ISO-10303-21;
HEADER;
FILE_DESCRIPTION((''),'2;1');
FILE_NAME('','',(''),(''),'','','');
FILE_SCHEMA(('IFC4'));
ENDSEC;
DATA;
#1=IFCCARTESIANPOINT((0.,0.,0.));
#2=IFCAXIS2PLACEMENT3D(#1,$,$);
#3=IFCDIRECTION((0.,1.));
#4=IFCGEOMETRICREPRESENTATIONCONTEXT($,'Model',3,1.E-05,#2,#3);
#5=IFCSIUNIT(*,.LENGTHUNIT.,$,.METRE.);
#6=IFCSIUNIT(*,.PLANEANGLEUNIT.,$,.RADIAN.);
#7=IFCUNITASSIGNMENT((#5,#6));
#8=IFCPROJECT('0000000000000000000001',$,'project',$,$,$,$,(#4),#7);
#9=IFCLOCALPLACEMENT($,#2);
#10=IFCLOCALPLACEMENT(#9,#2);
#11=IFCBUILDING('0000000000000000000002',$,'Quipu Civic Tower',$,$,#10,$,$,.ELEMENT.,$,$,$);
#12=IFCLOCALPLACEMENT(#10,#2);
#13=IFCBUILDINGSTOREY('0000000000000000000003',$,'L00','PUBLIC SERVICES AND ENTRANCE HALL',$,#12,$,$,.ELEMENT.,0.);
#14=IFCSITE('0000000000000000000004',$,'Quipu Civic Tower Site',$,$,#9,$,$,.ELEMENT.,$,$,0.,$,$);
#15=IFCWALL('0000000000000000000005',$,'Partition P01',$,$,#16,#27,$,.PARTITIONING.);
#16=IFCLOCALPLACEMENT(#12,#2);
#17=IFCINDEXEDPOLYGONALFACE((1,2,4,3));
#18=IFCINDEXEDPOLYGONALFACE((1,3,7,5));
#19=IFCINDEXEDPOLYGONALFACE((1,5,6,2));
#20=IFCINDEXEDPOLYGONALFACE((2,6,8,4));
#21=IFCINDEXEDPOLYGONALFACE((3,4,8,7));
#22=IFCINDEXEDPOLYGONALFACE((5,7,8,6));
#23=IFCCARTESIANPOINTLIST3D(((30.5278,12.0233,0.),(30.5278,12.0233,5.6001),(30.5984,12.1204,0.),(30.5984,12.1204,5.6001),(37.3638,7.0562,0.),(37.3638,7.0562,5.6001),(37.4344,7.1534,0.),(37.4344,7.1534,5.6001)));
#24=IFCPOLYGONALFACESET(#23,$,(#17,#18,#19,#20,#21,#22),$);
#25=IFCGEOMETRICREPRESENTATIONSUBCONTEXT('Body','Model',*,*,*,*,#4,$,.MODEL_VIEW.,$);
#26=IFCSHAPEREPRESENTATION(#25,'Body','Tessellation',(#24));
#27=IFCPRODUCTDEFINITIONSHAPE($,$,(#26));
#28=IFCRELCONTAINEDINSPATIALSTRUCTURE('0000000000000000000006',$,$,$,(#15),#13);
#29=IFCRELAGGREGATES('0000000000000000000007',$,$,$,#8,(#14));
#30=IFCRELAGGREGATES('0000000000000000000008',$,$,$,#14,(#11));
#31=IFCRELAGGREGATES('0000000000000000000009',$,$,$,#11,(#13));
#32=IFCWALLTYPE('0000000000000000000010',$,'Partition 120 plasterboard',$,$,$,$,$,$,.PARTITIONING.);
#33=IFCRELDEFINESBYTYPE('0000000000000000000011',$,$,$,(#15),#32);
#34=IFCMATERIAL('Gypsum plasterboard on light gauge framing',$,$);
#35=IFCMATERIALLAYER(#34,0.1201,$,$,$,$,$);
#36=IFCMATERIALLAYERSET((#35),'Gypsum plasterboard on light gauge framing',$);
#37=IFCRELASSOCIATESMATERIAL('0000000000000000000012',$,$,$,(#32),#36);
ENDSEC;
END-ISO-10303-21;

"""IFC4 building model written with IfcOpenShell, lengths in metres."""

from ifc_helpers import new_model, si_unit, direction, frame, frame_2d, origin, place, context, subcontext, project, spatial, rectangle, extrude, material, layer, layer_set, type_object, element, save


model = new_model("IFC4")

# Units and contexts
model_context = context("Model", 3, precision=1e-05, world=origin(), true_north=direction((0.0, 1.0)))
body_context = subcontext(model_context, "Body", "Model", "MODEL_VIEW")
ifc_project = project(units=[si_unit("LENGTHUNIT", "METRE"), si_unit("PLANEANGLEUNIT", "RADIAN")], contexts=[model_context])

# Site, building, storey
site_placement = place(None, origin())
site = spatial("IfcSite", under=ifc_project, at=site_placement, Name="Quipu Civic Tower Site", CompositionType="ELEMENT", RefElevation=0.0)
building_placement = place(site_placement, origin())
building = spatial("IfcBuilding", under=site, at=building_placement, Name="Quipu Civic Tower", CompositionType="ELEMENT")
storey_placement = place(building_placement, origin())
storey = spatial("IfcBuildingStorey", under=building, at=storey_placement, Name="L00", Description="PUBLIC SERVICES AND ENTRANCE HALL", CompositionType="ELEMENT", Elevation=0.0)

# Wall
ifc_material_1 = material(Name="Gypsum plasterboard on light gauge framing")
ifc_layer_1 = layer(ifc_material_1, 0.1201)
ifc_layer_set_1 = layer_set([ifc_layer_1], Name="Gypsum plasterboard on light gauge framing")
wall_type = type_object("IfcWallType", Name="Partition 120 plasterboard", PredefinedType="PARTITIONING", material=ifc_layer_set_1)
wall_placement = place(storey_placement, frame((37.3992, 7.1047, 0.0), z_axis=(0.0, 0.0, 1.0), x_axis=(-0.808992, 0.587819, 0.0)))
element("IfcWall", 1, at=wall_placement, inside=storey, type_object=wall_type, Name="Partition P01", PredefinedType="PARTITIONING", context=body_context, shape_type="SweptSolid", body=[
    extrude(rectangle(XDim=8.45, YDim=0.1201, at=frame_2d((4.2251, 0.0))), origin(), (0.0, 0.0, 1.0), 5.6001),
])

save(model, "model.ifc")
